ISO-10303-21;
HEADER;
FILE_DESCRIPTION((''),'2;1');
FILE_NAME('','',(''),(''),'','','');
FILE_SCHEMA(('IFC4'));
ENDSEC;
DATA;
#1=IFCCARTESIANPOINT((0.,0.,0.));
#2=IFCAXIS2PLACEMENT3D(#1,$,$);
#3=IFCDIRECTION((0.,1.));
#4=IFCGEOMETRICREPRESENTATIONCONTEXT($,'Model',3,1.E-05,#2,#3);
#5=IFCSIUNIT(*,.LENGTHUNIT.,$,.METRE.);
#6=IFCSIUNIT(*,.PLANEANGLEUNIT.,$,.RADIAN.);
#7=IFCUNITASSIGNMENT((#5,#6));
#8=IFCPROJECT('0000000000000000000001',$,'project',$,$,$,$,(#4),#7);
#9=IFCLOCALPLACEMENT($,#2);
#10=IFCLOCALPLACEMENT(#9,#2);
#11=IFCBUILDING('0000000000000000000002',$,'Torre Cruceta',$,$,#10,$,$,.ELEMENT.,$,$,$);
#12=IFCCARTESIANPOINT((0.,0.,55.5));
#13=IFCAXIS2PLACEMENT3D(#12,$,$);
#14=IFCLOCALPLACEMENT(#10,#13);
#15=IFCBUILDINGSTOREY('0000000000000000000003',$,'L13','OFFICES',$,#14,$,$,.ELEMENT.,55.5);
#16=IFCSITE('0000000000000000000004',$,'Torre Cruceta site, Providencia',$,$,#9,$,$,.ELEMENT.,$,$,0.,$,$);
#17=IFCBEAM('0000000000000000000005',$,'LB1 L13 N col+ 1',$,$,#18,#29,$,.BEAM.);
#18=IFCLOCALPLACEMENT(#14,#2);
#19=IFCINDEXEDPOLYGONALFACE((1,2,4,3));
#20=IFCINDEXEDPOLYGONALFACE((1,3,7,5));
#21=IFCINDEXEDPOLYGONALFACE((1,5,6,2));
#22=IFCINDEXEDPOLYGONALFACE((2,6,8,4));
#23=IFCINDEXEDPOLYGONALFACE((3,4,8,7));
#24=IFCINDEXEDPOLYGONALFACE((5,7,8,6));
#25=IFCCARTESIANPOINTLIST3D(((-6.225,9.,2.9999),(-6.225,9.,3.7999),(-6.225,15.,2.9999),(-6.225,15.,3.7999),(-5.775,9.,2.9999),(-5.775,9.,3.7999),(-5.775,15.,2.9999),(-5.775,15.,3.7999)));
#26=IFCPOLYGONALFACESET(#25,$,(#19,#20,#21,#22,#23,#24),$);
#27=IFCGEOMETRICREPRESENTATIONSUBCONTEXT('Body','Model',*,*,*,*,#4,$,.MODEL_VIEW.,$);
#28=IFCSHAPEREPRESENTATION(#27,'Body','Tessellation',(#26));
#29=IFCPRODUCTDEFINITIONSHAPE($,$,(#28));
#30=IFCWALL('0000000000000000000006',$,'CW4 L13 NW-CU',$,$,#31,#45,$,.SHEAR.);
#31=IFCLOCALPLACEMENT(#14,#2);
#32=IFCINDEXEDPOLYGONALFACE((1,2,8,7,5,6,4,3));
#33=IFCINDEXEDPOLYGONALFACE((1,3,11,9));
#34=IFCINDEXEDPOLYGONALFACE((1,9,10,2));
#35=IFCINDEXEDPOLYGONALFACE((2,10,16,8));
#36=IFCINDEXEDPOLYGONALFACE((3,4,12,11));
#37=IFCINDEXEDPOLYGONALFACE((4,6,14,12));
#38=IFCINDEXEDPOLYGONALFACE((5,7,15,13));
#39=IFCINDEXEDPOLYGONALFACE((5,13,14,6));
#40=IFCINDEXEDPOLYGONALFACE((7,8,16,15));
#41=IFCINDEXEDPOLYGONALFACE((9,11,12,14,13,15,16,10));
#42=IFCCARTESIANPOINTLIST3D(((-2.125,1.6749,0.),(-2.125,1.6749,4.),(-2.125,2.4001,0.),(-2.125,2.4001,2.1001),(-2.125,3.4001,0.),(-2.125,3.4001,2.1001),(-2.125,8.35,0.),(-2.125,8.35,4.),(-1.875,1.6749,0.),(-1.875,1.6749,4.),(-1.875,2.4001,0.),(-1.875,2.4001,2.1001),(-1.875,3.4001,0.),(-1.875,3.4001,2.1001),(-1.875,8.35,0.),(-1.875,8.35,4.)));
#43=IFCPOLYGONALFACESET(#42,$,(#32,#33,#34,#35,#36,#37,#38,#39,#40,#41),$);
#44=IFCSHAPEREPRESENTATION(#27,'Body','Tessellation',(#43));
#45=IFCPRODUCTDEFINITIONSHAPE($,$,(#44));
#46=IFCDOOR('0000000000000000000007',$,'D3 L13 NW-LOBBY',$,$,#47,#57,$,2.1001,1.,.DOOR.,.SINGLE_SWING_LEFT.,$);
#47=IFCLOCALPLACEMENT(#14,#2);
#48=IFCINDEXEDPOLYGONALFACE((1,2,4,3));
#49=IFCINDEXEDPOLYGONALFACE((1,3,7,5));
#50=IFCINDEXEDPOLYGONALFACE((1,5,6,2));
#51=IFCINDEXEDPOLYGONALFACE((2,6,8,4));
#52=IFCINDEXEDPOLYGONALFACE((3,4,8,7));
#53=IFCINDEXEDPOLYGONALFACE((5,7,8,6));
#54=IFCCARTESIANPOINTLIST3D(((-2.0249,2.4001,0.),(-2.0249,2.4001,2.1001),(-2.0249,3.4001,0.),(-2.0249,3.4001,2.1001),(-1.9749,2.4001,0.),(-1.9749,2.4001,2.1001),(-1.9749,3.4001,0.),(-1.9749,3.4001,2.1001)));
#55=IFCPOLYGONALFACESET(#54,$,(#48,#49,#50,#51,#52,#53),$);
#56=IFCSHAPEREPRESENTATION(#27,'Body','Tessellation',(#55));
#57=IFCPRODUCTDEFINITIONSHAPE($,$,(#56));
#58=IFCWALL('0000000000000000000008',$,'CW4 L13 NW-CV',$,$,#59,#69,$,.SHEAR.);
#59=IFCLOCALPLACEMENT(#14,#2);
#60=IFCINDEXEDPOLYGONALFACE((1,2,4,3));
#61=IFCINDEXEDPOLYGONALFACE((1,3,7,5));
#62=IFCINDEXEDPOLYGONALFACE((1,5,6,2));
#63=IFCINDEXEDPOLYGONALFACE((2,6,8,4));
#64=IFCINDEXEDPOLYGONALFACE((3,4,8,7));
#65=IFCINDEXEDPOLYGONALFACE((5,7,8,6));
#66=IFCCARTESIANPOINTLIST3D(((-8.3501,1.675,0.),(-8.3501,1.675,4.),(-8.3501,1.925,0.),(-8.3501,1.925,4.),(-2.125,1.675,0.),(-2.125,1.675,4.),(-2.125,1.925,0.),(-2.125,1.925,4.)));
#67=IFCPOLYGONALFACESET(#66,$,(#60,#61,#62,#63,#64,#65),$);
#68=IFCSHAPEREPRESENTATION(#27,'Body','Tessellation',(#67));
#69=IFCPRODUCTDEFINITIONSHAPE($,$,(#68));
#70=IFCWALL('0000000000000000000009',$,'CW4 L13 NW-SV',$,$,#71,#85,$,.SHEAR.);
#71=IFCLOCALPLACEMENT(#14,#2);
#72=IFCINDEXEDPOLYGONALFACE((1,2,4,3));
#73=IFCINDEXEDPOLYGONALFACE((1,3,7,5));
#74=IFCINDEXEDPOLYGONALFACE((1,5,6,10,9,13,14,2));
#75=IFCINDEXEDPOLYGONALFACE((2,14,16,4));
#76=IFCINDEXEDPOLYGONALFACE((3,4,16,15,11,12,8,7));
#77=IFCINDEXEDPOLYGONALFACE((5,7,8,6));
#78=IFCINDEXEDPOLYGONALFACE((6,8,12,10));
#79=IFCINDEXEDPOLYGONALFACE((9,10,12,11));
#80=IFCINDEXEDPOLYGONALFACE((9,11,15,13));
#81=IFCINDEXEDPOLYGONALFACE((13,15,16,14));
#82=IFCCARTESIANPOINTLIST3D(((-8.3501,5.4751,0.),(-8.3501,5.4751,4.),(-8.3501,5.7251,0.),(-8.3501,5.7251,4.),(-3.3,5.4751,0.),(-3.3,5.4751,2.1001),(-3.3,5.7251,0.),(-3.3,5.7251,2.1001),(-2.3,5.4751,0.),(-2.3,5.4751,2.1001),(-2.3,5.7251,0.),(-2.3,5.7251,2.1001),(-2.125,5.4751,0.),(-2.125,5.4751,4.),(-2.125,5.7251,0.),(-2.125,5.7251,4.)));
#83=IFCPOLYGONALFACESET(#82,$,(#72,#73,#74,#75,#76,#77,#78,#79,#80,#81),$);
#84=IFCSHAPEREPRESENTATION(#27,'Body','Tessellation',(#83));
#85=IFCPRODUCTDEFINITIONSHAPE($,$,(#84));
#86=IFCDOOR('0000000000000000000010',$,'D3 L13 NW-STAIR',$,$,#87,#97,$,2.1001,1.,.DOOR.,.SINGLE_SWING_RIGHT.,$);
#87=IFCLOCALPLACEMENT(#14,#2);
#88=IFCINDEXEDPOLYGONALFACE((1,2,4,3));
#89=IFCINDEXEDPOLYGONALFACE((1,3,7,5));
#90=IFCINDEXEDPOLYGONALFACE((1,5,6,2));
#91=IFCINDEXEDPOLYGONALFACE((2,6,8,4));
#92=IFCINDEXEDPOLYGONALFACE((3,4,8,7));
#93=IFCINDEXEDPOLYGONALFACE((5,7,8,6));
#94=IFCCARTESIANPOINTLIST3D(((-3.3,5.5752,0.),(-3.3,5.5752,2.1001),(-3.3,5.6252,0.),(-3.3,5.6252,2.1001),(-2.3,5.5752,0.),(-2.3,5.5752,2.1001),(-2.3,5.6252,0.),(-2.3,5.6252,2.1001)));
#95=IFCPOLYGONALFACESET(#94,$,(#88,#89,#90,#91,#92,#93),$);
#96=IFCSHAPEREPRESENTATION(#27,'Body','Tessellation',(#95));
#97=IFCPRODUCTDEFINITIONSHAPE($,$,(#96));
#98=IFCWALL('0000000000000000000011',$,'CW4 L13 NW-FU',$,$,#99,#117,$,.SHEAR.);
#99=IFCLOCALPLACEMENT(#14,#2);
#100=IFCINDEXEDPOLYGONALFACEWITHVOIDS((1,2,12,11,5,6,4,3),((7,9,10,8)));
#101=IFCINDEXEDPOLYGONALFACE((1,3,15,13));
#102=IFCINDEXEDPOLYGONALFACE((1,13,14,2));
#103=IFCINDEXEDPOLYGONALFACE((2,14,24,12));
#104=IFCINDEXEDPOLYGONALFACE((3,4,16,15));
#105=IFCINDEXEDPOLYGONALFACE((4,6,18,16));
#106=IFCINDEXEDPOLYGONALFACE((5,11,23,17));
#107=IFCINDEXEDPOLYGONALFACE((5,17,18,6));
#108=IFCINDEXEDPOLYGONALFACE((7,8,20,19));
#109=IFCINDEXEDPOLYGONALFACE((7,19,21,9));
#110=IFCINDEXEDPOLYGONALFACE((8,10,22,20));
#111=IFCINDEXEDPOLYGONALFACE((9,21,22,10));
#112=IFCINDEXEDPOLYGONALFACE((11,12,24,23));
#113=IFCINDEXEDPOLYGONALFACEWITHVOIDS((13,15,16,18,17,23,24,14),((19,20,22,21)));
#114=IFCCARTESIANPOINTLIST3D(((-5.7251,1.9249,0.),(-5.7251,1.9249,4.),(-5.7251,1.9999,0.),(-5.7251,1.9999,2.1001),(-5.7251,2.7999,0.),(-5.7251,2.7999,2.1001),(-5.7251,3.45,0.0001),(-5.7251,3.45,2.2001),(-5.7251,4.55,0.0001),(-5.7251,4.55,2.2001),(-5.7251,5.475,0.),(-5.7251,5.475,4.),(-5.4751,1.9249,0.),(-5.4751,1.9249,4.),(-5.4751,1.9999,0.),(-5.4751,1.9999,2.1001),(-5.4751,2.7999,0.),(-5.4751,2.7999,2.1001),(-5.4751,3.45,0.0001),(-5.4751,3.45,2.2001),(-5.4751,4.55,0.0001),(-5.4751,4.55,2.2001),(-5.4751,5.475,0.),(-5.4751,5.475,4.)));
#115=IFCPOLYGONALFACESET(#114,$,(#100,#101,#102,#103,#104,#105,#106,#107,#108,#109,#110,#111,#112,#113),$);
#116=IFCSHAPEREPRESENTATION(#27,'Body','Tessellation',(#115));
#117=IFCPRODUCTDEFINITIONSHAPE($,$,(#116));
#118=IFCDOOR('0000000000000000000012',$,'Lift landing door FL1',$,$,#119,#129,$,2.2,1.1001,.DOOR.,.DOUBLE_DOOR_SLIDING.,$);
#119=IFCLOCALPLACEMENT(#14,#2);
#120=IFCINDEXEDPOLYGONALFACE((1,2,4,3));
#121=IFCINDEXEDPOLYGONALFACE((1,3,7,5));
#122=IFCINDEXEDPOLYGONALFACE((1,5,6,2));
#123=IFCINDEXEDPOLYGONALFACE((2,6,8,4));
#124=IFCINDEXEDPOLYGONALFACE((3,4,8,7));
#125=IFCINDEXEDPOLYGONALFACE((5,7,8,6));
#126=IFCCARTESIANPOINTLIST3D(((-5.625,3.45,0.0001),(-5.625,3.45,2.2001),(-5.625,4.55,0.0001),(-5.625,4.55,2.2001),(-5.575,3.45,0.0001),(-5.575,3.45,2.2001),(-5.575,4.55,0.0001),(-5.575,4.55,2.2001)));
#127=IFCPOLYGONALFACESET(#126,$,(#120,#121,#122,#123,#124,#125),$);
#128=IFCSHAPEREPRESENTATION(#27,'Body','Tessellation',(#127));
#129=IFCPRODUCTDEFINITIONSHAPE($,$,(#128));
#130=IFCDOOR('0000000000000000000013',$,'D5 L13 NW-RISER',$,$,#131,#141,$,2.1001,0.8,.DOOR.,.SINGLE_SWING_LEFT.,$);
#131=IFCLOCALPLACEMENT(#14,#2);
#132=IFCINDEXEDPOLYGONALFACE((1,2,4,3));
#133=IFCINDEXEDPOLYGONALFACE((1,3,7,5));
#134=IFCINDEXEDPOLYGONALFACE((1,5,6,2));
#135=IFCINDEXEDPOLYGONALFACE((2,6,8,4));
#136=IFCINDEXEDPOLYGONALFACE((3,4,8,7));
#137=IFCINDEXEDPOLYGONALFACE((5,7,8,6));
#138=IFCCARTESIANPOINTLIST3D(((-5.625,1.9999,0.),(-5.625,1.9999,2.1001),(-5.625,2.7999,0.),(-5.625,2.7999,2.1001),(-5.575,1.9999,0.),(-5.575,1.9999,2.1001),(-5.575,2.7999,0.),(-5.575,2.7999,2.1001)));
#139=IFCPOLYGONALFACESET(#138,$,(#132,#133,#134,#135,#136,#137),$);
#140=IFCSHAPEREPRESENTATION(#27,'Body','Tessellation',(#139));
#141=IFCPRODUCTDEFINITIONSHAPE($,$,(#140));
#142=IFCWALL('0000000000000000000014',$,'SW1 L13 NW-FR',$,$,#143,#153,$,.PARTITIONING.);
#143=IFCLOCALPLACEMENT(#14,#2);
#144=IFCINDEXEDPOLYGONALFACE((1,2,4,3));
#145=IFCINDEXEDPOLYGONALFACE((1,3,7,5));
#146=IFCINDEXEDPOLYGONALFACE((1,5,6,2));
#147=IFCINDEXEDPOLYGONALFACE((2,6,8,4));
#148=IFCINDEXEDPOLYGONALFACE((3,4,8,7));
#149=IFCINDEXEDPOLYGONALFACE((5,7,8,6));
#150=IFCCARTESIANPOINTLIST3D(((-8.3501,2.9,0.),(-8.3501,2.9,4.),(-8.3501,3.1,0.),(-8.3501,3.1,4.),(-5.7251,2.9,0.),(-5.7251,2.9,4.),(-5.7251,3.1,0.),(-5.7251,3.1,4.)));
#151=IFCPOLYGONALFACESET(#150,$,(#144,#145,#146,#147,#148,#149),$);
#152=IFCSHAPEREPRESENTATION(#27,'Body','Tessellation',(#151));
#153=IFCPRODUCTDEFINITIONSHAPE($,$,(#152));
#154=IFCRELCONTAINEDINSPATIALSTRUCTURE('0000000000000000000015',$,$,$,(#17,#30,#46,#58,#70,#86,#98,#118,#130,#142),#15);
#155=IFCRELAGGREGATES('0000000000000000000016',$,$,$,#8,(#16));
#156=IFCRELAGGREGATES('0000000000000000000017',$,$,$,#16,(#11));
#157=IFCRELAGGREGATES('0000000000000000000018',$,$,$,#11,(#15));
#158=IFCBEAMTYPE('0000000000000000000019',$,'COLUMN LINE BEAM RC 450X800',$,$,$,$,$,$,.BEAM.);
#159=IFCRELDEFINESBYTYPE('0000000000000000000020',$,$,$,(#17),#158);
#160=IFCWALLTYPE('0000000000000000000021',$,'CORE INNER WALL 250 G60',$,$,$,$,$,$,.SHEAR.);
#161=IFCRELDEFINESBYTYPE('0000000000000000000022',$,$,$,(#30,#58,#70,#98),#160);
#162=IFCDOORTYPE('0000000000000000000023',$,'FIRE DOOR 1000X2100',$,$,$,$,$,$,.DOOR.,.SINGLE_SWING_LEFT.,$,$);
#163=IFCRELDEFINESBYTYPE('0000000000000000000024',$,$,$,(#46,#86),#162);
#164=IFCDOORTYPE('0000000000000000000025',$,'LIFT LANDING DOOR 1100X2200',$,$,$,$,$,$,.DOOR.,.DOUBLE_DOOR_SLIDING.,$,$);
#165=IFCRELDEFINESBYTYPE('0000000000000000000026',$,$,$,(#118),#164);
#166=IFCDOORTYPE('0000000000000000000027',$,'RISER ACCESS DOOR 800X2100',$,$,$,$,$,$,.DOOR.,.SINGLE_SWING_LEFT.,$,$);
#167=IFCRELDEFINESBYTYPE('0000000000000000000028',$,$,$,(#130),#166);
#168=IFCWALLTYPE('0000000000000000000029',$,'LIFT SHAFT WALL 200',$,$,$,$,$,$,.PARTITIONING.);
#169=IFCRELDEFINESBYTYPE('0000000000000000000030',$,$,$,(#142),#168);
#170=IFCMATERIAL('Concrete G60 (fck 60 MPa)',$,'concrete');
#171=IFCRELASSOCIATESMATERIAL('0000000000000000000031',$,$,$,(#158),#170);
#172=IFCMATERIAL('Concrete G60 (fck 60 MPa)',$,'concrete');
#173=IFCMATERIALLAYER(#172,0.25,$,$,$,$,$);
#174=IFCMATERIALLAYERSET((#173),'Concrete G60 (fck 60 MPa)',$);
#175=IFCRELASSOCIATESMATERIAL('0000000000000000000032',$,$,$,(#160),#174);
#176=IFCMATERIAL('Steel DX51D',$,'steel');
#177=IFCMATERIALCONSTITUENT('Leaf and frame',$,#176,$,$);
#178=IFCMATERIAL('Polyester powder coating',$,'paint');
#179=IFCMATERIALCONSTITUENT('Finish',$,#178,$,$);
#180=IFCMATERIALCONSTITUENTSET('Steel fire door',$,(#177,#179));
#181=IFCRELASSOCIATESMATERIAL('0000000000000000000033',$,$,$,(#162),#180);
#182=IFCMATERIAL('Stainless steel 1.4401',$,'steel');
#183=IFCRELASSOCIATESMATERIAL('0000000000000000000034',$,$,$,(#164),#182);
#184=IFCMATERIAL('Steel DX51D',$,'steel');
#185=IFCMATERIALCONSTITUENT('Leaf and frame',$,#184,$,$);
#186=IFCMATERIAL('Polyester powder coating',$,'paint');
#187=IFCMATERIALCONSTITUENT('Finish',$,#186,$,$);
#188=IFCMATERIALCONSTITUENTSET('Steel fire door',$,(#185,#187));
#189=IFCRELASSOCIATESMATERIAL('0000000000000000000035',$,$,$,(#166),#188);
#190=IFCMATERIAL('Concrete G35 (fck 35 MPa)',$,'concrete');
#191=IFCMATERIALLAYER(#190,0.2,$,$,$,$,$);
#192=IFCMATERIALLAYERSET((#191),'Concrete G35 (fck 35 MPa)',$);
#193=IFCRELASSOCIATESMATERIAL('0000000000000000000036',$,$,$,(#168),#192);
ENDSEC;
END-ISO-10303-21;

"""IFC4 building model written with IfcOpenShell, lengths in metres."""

from ifc_helpers import new_model, si_unit, direction, frame, frame_2d, origin, origin_2d, place, context, subcontext, project, spatial, rectangle, extrude, material, layer, layer_set, constituent, constituent_set, material_profile, profile_set, type_object, element, fill, save


model = new_model("IFC4")

# Units and contexts
model_context = context("Model", 3, precision=1e-05, world=origin(), true_north=direction((0.0, 1.0)))
body_context = subcontext(model_context, "Body", "Model", "MODEL_VIEW")
ifc_project = project(units=[si_unit("LENGTHUNIT", "METRE"), si_unit("PLANEANGLEUNIT", "RADIAN")], contexts=[model_context])

# Site, building, storey
site_placement = place(None, origin())
site = spatial("IfcSite", under=ifc_project, at=site_placement, Name="Torre Cruceta site, Providencia", CompositionType="ELEMENT", RefElevation=0.0)
building_placement = place(site_placement, origin())
building = spatial("IfcBuilding", under=site, at=building_placement, Name="Torre Cruceta", CompositionType="ELEMENT")
storey_placement = place(building_placement, frame((0.0, 0.0, 55.5)))
storey = spatial("IfcBuildingStorey", under=building, at=storey_placement, Name="L13", Description="OFFICES", CompositionType="ELEMENT", Elevation=55.5)

# Beam
ifc_material_1 = material(Name="Concrete G60 (fck 60 MPa)", Category="concrete")
ifc_material_profile = material_profile(ifc_material_1, rectangle(XDim=0.45, YDim=0.8, at=origin_2d()), Name="RC 450X800")
ifc_profile_set = profile_set([ifc_material_profile], Name="Concrete G60 (fck 60 MPa)")
beam_type = type_object("IfcBeamType", Name="COLUMN LINE BEAM RC 450X800", PredefinedType="BEAM", material=ifc_profile_set)
beam_placement = place(storey_placement, frame((-6.0, 9.0, 3.3999), z_axis=(0.0, 1.0, 0.0), x_axis=(-1.0, 0.0, 0.0)))
element("IfcBeam", 1, at=beam_placement, inside=storey, type_object=beam_type, Name="LB1 L13 N col+ 1", PredefinedType="BEAM", context=body_context, shape_type="SweptSolid", body=[
    extrude(rectangle(XDim=0.45, YDim=0.8, at=origin_2d()), origin(), (0.0, 0.0, 1.0), 6.0),
])

# Wall, opening, door
ifc_material_2 = material(Name="Concrete G60 (fck 60 MPa)", Category="concrete")
ifc_layer_1 = layer(ifc_material_2, 0.25)
ifc_layer_set_1 = layer_set([ifc_layer_1], Name="Concrete G60 (fck 60 MPa)")
wall_type_1 = type_object("IfcWallType", Name="CORE INNER WALL 250 G60", PredefinedType="SHEAR", material=ifc_layer_set_1)
wall_1_placement = place(storey_placement, frame((-2.0, 1.675, 0.0), z_axis=(0.0, 0.0, 1.0), x_axis=(0.0, 1.0, 0.0)))
wall_1 = element("IfcWall", 2, at=wall_1_placement, inside=storey, type_object=wall_type_1, Name="CW4 L13 NW-CU", PredefinedType="SHEAR", context=body_context, shape_type="SweptSolid", body=[
    extrude(rectangle(XDim=6.675, YDim=0.25, at=frame_2d((3.3374, 0.0))), origin(), (0.0, 0.0, 1.0), 4.0),
])
opening_1_placement = place(wall_1_placement, frame((0.7251, 0.0, 0.0)))
opening_1 = element("IfcOpeningElement", 3, at=opening_1_placement, cuts=wall_1, PredefinedType="OPENING", context=body_context, shape_type="SweptSolid", body=[
    extrude(rectangle(XDim=1.0, YDim=2.1001, at=frame_2d((0.5, 1.05))), frame((0.0, 0.135, 0.0), z_axis=(0.0, -1.0, 0.0), x_axis=(1.0, 0.0, 0.0)), (0.0, 0.0, 1.0), 0.27),
])
ifc_material_3 = material(Name="Steel DX51D", Category="steel")
ifc_constituent_1 = constituent(ifc_material_3, Name="Leaf and frame")
ifc_material_4 = material(Name="Polyester powder coating", Category="paint")
ifc_constituent_2 = constituent(ifc_material_4, Name="Finish")
ifc_constituent_set_1 = constituent_set(constituents=[ifc_constituent_1, ifc_constituent_2], Name="Steel fire door")
door_type_1 = type_object("IfcDoorType", Name="FIRE DOOR 1000X2100", OperationType="SINGLE_SWING_LEFT", PredefinedType="DOOR", material=ifc_constituent_set_1)
door_1_placement = place(opening_1_placement, origin())
door_1 = element("IfcDoor", 4, at=door_1_placement, inside=storey, type_object=door_type_1, Name="D3 L13 NW-LOBBY", OperationType="SINGLE_SWING_LEFT", OverallHeight=2.1001, OverallWidth=1.0, PredefinedType="DOOR", context=body_context, shape_type="SweptSolid", body=[
    extrude(rectangle(XDim=1.0, YDim=2.1001, at=frame_2d((0.5, 1.05))), frame((0.0, 0.0249, 0.0), z_axis=(0.0, -1.0, 0.0), x_axis=(1.0, 0.0, 0.0)), (0.0, 0.0, 1.0), 0.05),
])
fill(opening_1, door_1)

# Wall
wall_2_placement = place(storey_placement, frame((-2.125, 1.8, 0.0), z_axis=(0.0, 0.0, 1.0), x_axis=(-1.0, 0.0, 0.0)))
element("IfcWall", 5, at=wall_2_placement, inside=storey, type_object=wall_type_1, Name="CW4 L13 NW-CV", PredefinedType="SHEAR", context=body_context, shape_type="SweptSolid", body=[
    extrude(rectangle(XDim=6.2251, YDim=0.25, at=frame_2d((3.1125, 0.0))), origin(), (0.0, 0.0, 1.0), 4.0),
])

# Wall, opening, door
wall_3_placement = place(storey_placement, frame((-2.125, 5.6001, 0.0), z_axis=(0.0, 0.0, 1.0), x_axis=(-1.0, 0.0, 0.0)))
wall_3 = element("IfcWall", 6, at=wall_3_placement, inside=storey, type_object=wall_type_1, Name="CW4 L13 NW-SV", PredefinedType="SHEAR", context=body_context, shape_type="SweptSolid", body=[
    extrude(rectangle(XDim=6.2251, YDim=0.25, at=frame_2d((3.1125, 0.0))), origin(), (0.0, 0.0, 1.0), 4.0),
])
opening_2_placement = place(wall_3_placement, frame((0.175, 0.0, 0.0)))
opening_2 = element("IfcOpeningElement", 7, at=opening_2_placement, cuts=wall_3, PredefinedType="OPENING", context=body_context, shape_type="SweptSolid", body=[
    extrude(rectangle(XDim=1.0, YDim=2.1001, at=frame_2d((0.5, 1.05))), frame((0.0, 0.135, 0.0), z_axis=(0.0, -1.0, 0.0), x_axis=(1.0, 0.0, 0.0)), (0.0, 0.0, 1.0), 0.27),
])
door_2_placement = place(opening_2_placement, frame((1.0, 0.0, 0.0), z_axis=(0.0, 0.0, 1.0), x_axis=(-1.0, 0.0, 0.0)))
door_2 = element("IfcDoor", 8, at=door_2_placement, inside=storey, type_object=door_type_1, Name="D3 L13 NW-STAIR", OperationType="SINGLE_SWING_RIGHT", OverallHeight=2.1001, OverallWidth=1.0, PredefinedType="DOOR", context=body_context, shape_type="SweptSolid", body=[
    extrude(rectangle(XDim=1.0, YDim=2.1001, at=frame_2d((0.5, 1.05))), frame((0.0, 0.0251, 0.0), z_axis=(0.0, -1.0, 0.0), x_axis=(1.0, 0.0, 0.0)), (0.0, 0.0, 1.0), 0.05),
])
fill(opening_2, door_2)

# Wall, openings, doors
wall_4_placement = place(storey_placement, frame((-5.6001, 1.925, 0.0), z_axis=(0.0, 0.0, 1.0), x_axis=(0.0, 1.0, 0.0)))
wall_4 = element("IfcWall", 9, at=wall_4_placement, inside=storey, type_object=wall_type_1, Name="CW4 L13 NW-FU", PredefinedType="SHEAR", context=body_context, shape_type="SweptSolid", body=[
    extrude(rectangle(XDim=3.55, YDim=0.25, at=frame_2d((1.7749, 0.0))), origin(), (0.0, 0.0, 1.0), 4.0),
])
opening_3_placement = place(wall_4_placement, frame((1.5249, 0.0, 0.0)))
opening_3 = element("IfcOpeningElement", 10, at=opening_3_placement, cuts=wall_4, PredefinedType="OPENING", context=body_context, shape_type="SweptSolid", body=[
    extrude(rectangle(XDim=1.1001, YDim=2.2, at=frame_2d((0.55, 1.1001))), frame((0.0, 0.135, 0.0), z_axis=(0.0, -1.0, 0.0), x_axis=(1.0, 0.0, 0.0)), (0.0, 0.0, 1.0), 0.27),
])
opening_4_placement = place(wall_4_placement, frame((0.075, 0.0, 0.0)))
opening_4 = element("IfcOpeningElement", 11, at=opening_4_placement, cuts=wall_4, PredefinedType="OPENING", context=body_context, shape_type="SweptSolid", body=[
    extrude(rectangle(XDim=0.8, YDim=2.1001, at=frame_2d((0.3999, 1.05))), frame((0.0, 0.135, 0.0), z_axis=(0.0, -1.0, 0.0), x_axis=(1.0, 0.0, 0.0)), (0.0, 0.0, 1.0), 0.27),
])
ifc_material_5 = material(Name="Stainless steel 1.4401", Category="steel")
door_type_2 = type_object("IfcDoorType", Name="LIFT LANDING DOOR 1100X2200", OperationType="DOUBLE_DOOR_SLIDING", PredefinedType="DOOR", material=ifc_material_5)
door_3_placement = place(opening_3_placement, origin())
door_3 = element("IfcDoor", 12, at=door_3_placement, inside=storey, type_object=door_type_2, Name="Lift landing door FL1", OperationType="DOUBLE_DOOR_SLIDING", OverallHeight=2.2, OverallWidth=1.1001, PredefinedType="DOOR", context=body_context, shape_type="SweptSolid", body=[
    extrude(rectangle(XDim=1.1001, YDim=2.2, at=frame_2d((0.55, 1.1001))), frame((0.0, 0.0249, 0.0), z_axis=(0.0, -1.0, 0.0), x_axis=(1.0, 0.0, 0.0)), (0.0, 0.0, 1.0), 0.05),
])
fill(opening_3, door_3)
ifc_material_6 = material(Name="Steel DX51D", Category="steel")
ifc_constituent_3 = constituent(ifc_material_6, Name="Leaf and frame")
ifc_material_7 = material(Name="Polyester powder coating", Category="paint")
ifc_constituent_4 = constituent(ifc_material_7, Name="Finish")
ifc_constituent_set_2 = constituent_set(constituents=[ifc_constituent_3, ifc_constituent_4], Name="Steel fire door")
door_type_3 = type_object("IfcDoorType", Name="RISER ACCESS DOOR 800X2100", OperationType="SINGLE_SWING_LEFT", PredefinedType="DOOR", material=ifc_constituent_set_2)
door_4_placement = place(opening_4_placement, origin())
door_4 = element("IfcDoor", 13, at=door_4_placement, inside=storey, type_object=door_type_3, Name="D5 L13 NW-RISER", OperationType="SINGLE_SWING_LEFT", OverallHeight=2.1001, OverallWidth=0.8, PredefinedType="DOOR", context=body_context, shape_type="SweptSolid", body=[
    extrude(rectangle(XDim=0.8, YDim=2.1001, at=frame_2d((0.3999, 1.05))), frame((0.0, 0.0249, 0.0), z_axis=(0.0, -1.0, 0.0), x_axis=(1.0, 0.0, 0.0)), (0.0, 0.0, 1.0), 0.05),
])
fill(opening_4, door_4)

# Wall
ifc_material_8 = material(Name="Concrete G35 (fck 35 MPa)", Category="concrete")
ifc_layer_2 = layer(ifc_material_8, 0.2)
ifc_layer_set_2 = layer_set([ifc_layer_2], Name="Concrete G35 (fck 35 MPa)")
wall_type_2 = type_object("IfcWallType", Name="LIFT SHAFT WALL 200", PredefinedType="PARTITIONING", material=ifc_layer_set_2)
wall_5_placement = place(storey_placement, frame((-5.7251, 3.0, 0.0), z_axis=(0.0, 0.0, 1.0), x_axis=(-1.0, 0.0, 0.0)))
element("IfcWall", 14, at=wall_5_placement, inside=storey, type_object=wall_type_2, Name="SW1 L13 NW-FR", PredefinedType="PARTITIONING", context=body_context, shape_type="SweptSolid", body=[
    extrude(rectangle(XDim=2.625, YDim=0.2, at=frame_2d((1.3125, 0.0))), origin(), (0.0, 0.0, 1.0), 4.0),
])

save(model, "model.ifc")
